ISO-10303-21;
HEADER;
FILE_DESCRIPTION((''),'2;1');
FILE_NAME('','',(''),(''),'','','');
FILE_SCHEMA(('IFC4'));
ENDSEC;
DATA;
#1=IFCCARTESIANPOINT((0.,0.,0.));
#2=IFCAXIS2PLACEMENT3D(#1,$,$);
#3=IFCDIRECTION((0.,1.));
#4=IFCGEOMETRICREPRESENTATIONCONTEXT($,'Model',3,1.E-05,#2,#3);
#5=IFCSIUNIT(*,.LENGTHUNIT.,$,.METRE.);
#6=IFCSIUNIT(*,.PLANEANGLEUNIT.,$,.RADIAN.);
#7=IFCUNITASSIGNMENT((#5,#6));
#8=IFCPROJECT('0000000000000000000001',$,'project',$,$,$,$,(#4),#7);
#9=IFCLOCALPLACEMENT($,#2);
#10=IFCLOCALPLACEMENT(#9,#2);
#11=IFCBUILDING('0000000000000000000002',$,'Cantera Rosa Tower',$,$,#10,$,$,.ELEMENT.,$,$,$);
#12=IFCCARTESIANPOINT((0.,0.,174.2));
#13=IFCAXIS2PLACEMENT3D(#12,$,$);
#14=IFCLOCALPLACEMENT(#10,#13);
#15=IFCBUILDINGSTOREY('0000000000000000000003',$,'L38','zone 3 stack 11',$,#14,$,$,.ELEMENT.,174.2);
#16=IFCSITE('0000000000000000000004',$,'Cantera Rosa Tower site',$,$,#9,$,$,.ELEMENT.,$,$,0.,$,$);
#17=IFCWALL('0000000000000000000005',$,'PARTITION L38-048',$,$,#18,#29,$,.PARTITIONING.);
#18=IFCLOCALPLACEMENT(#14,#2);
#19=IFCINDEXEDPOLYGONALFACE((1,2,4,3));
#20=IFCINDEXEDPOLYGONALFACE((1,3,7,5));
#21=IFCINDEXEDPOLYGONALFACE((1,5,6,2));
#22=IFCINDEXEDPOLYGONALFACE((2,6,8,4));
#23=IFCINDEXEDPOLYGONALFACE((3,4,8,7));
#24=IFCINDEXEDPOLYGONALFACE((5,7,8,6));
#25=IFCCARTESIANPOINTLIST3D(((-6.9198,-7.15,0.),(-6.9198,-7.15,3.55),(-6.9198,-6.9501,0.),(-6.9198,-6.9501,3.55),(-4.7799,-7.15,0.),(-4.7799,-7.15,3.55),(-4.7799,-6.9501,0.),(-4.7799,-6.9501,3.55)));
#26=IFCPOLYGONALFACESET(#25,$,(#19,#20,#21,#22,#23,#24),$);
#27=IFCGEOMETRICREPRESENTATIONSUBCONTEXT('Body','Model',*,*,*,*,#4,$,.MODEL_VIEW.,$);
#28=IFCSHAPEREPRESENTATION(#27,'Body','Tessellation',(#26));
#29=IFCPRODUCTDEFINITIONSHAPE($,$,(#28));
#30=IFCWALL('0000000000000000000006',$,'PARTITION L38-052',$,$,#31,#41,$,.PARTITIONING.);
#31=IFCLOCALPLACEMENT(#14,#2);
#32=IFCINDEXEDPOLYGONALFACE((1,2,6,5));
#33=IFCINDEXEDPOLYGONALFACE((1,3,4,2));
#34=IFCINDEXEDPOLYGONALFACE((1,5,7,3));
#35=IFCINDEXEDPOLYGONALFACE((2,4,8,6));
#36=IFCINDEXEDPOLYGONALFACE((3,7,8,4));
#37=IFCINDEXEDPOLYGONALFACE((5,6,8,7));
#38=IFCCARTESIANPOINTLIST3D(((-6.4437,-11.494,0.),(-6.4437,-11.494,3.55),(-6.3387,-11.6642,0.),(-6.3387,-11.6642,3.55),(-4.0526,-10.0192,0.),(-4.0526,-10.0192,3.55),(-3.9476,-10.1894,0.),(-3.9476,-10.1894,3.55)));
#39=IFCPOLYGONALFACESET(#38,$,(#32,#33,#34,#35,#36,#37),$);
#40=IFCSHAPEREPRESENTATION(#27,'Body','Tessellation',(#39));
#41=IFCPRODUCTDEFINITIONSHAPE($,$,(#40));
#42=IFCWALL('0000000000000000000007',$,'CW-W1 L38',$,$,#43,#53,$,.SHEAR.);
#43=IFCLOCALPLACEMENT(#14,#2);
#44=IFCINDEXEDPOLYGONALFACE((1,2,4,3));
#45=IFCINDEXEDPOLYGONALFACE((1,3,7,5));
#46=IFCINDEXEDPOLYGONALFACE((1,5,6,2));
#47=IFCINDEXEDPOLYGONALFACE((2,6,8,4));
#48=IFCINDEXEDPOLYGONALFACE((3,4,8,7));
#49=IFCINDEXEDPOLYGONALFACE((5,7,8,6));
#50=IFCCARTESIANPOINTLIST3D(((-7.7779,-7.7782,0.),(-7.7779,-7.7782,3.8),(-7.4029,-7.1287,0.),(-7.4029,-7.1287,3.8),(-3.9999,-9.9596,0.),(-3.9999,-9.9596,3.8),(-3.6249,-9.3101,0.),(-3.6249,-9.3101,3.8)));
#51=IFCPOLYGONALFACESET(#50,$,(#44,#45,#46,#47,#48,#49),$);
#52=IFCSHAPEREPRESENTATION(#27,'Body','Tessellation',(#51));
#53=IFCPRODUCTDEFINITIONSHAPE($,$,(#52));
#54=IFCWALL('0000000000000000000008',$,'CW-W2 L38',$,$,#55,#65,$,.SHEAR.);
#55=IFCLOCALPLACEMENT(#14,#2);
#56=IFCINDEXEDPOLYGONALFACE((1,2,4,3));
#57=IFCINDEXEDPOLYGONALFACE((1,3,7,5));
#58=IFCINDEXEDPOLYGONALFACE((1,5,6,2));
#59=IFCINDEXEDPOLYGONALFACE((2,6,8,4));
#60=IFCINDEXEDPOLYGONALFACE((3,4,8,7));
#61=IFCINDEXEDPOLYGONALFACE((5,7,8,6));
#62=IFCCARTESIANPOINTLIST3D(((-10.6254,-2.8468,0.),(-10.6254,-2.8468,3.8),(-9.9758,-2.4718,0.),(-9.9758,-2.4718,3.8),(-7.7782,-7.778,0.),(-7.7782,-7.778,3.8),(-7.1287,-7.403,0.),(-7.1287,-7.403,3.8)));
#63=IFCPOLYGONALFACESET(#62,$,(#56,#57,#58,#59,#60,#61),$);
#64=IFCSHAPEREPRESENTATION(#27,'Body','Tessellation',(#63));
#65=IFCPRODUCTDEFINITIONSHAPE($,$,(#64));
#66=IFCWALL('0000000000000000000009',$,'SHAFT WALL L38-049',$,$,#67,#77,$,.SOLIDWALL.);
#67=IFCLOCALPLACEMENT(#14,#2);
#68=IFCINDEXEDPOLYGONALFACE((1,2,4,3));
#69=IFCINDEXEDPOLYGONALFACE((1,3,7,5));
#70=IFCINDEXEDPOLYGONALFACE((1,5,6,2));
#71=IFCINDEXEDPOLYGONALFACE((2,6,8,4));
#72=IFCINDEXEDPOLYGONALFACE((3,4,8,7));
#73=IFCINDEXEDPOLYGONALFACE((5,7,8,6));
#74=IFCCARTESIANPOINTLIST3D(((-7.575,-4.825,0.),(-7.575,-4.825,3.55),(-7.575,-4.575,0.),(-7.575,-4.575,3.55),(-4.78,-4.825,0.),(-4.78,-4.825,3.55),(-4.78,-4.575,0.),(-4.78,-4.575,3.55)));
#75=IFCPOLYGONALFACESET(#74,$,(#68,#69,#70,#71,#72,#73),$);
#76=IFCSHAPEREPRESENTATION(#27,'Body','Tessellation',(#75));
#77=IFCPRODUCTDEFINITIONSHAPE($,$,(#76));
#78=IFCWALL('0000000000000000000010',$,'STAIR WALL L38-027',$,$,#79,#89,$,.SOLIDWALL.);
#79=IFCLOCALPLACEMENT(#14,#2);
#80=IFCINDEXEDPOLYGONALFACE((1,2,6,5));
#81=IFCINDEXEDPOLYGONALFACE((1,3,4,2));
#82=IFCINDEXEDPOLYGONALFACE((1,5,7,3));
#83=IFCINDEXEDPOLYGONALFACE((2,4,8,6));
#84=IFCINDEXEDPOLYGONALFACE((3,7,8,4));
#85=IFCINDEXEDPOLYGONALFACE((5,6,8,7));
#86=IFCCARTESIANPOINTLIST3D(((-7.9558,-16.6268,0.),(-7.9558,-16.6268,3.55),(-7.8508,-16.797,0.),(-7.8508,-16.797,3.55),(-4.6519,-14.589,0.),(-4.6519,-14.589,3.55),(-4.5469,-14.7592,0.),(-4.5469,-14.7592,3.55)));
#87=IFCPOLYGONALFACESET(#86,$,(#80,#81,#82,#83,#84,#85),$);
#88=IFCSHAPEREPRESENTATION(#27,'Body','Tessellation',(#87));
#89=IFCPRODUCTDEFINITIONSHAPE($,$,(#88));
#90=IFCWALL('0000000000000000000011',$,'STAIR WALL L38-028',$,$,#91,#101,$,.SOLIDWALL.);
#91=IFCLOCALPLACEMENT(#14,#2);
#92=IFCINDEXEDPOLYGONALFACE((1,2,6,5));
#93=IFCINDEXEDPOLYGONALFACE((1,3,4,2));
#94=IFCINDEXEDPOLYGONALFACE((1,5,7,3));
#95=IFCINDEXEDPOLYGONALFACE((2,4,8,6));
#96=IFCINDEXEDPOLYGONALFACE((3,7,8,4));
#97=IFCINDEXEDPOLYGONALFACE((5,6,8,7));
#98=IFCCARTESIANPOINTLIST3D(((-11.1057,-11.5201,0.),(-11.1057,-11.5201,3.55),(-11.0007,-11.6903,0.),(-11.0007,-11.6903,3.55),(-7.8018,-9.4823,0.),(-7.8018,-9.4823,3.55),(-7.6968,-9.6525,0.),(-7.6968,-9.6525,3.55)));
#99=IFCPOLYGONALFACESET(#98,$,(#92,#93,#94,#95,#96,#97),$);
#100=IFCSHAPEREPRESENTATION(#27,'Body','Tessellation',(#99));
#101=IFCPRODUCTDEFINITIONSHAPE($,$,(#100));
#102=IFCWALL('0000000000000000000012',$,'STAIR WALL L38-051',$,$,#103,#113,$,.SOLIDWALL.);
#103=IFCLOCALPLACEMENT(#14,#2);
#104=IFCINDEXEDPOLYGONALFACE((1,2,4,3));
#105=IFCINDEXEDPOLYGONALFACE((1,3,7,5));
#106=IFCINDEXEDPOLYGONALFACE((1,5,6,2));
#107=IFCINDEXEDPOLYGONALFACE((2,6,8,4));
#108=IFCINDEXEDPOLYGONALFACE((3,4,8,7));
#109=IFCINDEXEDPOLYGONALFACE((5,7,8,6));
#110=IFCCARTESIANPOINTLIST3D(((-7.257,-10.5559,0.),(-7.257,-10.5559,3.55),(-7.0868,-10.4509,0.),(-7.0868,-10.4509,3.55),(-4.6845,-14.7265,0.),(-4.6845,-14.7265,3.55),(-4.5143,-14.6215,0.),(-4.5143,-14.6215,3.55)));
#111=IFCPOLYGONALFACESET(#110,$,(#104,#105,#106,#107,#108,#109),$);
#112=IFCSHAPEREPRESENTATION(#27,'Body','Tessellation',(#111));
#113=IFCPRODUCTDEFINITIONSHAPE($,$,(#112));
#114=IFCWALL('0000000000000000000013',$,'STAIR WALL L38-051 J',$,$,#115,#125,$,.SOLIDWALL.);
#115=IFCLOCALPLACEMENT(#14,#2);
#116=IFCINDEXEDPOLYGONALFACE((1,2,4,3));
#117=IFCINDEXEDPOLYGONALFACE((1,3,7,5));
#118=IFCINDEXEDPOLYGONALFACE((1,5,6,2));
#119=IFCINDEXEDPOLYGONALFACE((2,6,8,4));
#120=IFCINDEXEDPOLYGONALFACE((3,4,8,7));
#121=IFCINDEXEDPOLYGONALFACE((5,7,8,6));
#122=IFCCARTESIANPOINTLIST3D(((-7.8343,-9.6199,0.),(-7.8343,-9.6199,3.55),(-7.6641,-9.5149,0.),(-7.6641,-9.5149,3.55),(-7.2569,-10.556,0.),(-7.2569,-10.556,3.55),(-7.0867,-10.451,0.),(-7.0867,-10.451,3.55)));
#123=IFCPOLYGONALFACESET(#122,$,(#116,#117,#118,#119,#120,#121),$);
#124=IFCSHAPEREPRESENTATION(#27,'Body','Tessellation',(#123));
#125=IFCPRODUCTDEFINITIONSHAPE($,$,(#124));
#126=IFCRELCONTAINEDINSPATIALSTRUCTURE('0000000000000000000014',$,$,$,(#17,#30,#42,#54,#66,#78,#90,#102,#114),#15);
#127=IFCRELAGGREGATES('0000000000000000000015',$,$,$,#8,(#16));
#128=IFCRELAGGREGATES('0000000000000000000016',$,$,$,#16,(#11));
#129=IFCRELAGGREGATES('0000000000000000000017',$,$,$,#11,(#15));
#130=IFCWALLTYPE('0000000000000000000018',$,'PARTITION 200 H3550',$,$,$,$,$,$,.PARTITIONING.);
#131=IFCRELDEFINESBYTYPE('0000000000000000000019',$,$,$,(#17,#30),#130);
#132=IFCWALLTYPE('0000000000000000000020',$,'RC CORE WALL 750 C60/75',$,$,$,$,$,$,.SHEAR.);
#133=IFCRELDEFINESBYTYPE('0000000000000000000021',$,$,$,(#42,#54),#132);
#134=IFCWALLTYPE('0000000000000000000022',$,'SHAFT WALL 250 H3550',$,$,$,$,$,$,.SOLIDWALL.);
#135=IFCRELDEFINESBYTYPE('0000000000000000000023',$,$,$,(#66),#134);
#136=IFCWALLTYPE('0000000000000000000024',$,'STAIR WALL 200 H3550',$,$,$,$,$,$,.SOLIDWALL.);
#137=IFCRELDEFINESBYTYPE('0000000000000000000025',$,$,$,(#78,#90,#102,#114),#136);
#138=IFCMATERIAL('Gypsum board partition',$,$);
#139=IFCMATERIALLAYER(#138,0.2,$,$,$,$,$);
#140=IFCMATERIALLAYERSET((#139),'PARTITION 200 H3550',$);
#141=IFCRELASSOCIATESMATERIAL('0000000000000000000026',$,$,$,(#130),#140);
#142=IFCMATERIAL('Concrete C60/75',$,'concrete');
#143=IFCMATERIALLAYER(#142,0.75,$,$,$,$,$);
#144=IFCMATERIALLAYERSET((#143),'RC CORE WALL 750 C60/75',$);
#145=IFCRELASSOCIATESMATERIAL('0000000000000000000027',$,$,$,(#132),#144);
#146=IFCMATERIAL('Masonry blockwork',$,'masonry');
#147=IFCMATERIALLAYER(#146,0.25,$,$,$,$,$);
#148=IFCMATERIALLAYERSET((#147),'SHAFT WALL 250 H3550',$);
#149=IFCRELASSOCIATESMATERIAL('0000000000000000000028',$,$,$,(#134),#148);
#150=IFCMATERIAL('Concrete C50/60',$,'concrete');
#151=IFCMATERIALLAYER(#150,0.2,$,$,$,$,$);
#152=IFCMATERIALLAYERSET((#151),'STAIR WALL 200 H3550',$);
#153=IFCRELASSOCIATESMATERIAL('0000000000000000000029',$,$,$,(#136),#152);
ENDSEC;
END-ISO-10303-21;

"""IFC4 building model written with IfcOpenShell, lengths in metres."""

from ifc_helpers import new_model, si_unit, direction, frame, frame_2d, origin, place, context, subcontext, project, spatial, rectangle, extrude, material, layer, layer_set, type_object, element, save


model = new_model("IFC4")

# Units and contexts
model_context = context("Model", 3, precision=1e-05, world=origin(), true_north=direction((0.0, 1.0)))
body_context = subcontext(model_context, "Body", "Model", "MODEL_VIEW")
ifc_project = project(units=[si_unit("LENGTHUNIT", "METRE"), si_unit("PLANEANGLEUNIT", "RADIAN")], contexts=[model_context])

# Site, building, storey
site_placement = place(None, origin())
site = spatial("IfcSite", under=ifc_project, at=site_placement, Name="Cantera Rosa Tower site", CompositionType="ELEMENT", RefElevation=0.0)
building_placement = place(site_placement, origin())
building = spatial("IfcBuilding", under=site, at=building_placement, Name="Cantera Rosa Tower", CompositionType="ELEMENT")
storey_placement = place(building_placement, frame((0.0, 0.0, 174.2)))
storey = spatial("IfcBuildingStorey", under=building, at=storey_placement, Name="L38", Description="zone 3 stack 11", CompositionType="ELEMENT", Elevation=174.2)

# Walls
ifc_material_1 = material(Name="Gypsum board partition")
ifc_layer_1 = layer(ifc_material_1, 0.2)
ifc_layer_set_1 = layer_set([ifc_layer_1], Name="PARTITION 200 H3550")
wall_type_1 = type_object("IfcWallType", Name="PARTITION 200 H3550", PredefinedType="PARTITIONING", material=ifc_layer_set_1)
wall_1_placement = place(storey_placement, frame((-4.78, -7.05, 0.0), z_axis=(0.0, 0.0, 1.0), x_axis=(-1.0, 0.0, 0.0)))
element("IfcWall", 1, at=wall_1_placement, inside=storey, type_object=wall_type_1, Name="PARTITION L38-048", PredefinedType="PARTITIONING", context=body_context, shape_type="SweptSolid", body=[
    extrude(rectangle(XDim=2.1399, YDim=0.2, at=frame_2d((1.0698, 0.0))), origin(), (0.0, 0.0, 1.0), 3.55),
])
wall_2_placement = place(storey_placement, frame((-4.0, -10.1042, 0.0), z_axis=(0.0, 0.0, 1.0), x_axis=(-0.851118, -0.524975, 0.0)))
element("IfcWall", 2, at=wall_2_placement, inside=storey, type_object=wall_type_1, Name="PARTITION L38-052", PredefinedType="PARTITIONING", context=body_context, shape_type="SweptSolid", body=[
    extrude(rectangle(XDim=2.8093, YDim=0.2, at=frame_2d((1.4048, 0.0))), origin(), (0.0, 0.0, 1.0), 3.55),
])
ifc_material_2 = material(Name="Concrete C60/75", Category="concrete")
ifc_layer_2 = layer(ifc_material_2, 0.75)
ifc_layer_set_2 = layer_set([ifc_layer_2], Name="RC CORE WALL 750 C60/75")
wall_type_2 = type_object("IfcWallType", Name="RC CORE WALL 750 C60/75", PredefinedType="SHEAR", material=ifc_layer_set_2)
wall_3_placement = place(storey_placement, frame((-3.8125, -9.6348, 0.0), z_axis=(0.0, 0.0, 1.0), x_axis=(-0.866013, 0.500021, 0.0)))
element("IfcWall", 3, at=wall_3_placement, inside=storey, type_object=wall_type_2, Name="CW-W1 L38", PredefinedType="SHEAR", context=body_context, shape_type="SweptSolid", body=[
    extrude(rectangle(XDim=4.3625, YDim=0.75, at=frame_2d((2.1812, 0.0))), origin(), (0.0, 0.0, 1.0), 3.8),
])
wall_4_placement = place(storey_placement, frame((-7.4534, -7.5906, 0.0), z_axis=(0.0, 0.0, 1.0), x_axis=(-0.500022, 0.866013, 0.0)))
element("IfcWall", 4, at=wall_4_placement, inside=storey, type_object=wall_type_2, Name="CW-W2 L38", PredefinedType="SHEAR", context=body_context, shape_type="SweptSolid", body=[
    extrude(rectangle(XDim=5.6941, YDim=0.75, at=frame_2d((2.8472, 0.0))), origin(), (0.0, 0.0, 1.0), 3.8),
])
ifc_material_3 = material(Name="Masonry blockwork", Category="masonry")
ifc_layer_3 = layer(ifc_material_3, 0.25)
ifc_layer_set_3 = layer_set([ifc_layer_3], Name="SHAFT WALL 250 H3550")
wall_type_3 = type_object("IfcWallType", Name="SHAFT WALL 250 H3550", PredefinedType="SOLIDWALL", material=ifc_layer_set_3)
wall_5_placement = place(storey_placement, frame((-4.78, -4.7, 0.0), z_axis=(0.0, 0.0, 1.0), x_axis=(-1.0, 0.0, 0.0)))
element("IfcWall", 5, at=wall_5_placement, inside=storey, type_object=wall_type_3, Name="SHAFT WALL L38-049", PredefinedType="SOLIDWALL", context=body_context, shape_type="SweptSolid", body=[
    extrude(rectangle(XDim=2.7949, YDim=0.25, at=frame_2d((1.3975, 0.0))), origin(), (0.0, 0.0, 1.0), 3.55),
])
ifc_material_4 = material(Name="Concrete C50/60", Category="concrete")
ifc_layer_4 = layer(ifc_material_4, 0.2)
ifc_layer_set_4 = layer_set([ifc_layer_4], Name="STAIR WALL 200 H3550")
wall_type_4 = type_object("IfcWallType", Name="STAIR WALL 200 H3550", PredefinedType="SOLIDWALL", material=ifc_layer_set_4)
for number, where, z_axis, x_axis, name in (
    (6, (-7.9033, -16.7119, 0.0), (0.0, 0.0, 1.0), (0.851125, 0.524964, 0.0), "STAIR WALL L38-027"),
    (7, (-7.7493, -9.5674, 0.0), (0.0, 0.0, 1.0), (-0.851125, -0.524964, 0.0), "STAIR WALL L38-028"),
):
    element("IfcWall", number, at=place(storey_placement, frame(where, z_axis=z_axis, x_axis=x_axis)), inside=storey, type_object=wall_type_4, Name=name, PredefinedType="SOLIDWALL", context=body_context, shape_type="SweptSolid", body=[
        extrude(rectangle(XDim=3.8818, YDim=0.2, at=frame_2d((1.9409, 0.0))), origin(), (0.0, 0.0, 1.0), 3.55),
    ])
wall_6_placement = place(storey_placement, frame((-4.5994, -14.6741, 0.0), z_axis=(0.0, 0.0, 1.0), x_axis=(-0.524978, 0.851116, 0.0)))
element("IfcWall", 8, at=wall_6_placement, inside=storey, type_object=wall_type_4, Name="STAIR WALL L38-051", PredefinedType="SOLIDWALL", context=body_context, shape_type="SweptSolid", body=[
    extrude(rectangle(XDim=4.9001, YDim=0.2, at=frame_2d((2.4502, 0.0))), origin(), (0.0, 0.0, 1.0), 3.55),
])
wall_7_placement = place(storey_placement, frame((-7.1719, -10.5034, 0.0), z_axis=(0.0, 0.0, 1.0), x_axis=(-0.525001, 0.851101, 0.0)))
element("IfcWall", 9, at=wall_7_placement, inside=storey, type_object=wall_type_4, Name="STAIR WALL L38-051 J", PredefinedType="SOLIDWALL", context=body_context, shape_type="SweptSolid", body=[
    extrude(rectangle(XDim=1.0999, YDim=0.2, at=frame_2d((0.5498, 0.0))), origin(), (0.0, 0.0, 1.0), 3.55),
])

save(model, "model.ifc")
